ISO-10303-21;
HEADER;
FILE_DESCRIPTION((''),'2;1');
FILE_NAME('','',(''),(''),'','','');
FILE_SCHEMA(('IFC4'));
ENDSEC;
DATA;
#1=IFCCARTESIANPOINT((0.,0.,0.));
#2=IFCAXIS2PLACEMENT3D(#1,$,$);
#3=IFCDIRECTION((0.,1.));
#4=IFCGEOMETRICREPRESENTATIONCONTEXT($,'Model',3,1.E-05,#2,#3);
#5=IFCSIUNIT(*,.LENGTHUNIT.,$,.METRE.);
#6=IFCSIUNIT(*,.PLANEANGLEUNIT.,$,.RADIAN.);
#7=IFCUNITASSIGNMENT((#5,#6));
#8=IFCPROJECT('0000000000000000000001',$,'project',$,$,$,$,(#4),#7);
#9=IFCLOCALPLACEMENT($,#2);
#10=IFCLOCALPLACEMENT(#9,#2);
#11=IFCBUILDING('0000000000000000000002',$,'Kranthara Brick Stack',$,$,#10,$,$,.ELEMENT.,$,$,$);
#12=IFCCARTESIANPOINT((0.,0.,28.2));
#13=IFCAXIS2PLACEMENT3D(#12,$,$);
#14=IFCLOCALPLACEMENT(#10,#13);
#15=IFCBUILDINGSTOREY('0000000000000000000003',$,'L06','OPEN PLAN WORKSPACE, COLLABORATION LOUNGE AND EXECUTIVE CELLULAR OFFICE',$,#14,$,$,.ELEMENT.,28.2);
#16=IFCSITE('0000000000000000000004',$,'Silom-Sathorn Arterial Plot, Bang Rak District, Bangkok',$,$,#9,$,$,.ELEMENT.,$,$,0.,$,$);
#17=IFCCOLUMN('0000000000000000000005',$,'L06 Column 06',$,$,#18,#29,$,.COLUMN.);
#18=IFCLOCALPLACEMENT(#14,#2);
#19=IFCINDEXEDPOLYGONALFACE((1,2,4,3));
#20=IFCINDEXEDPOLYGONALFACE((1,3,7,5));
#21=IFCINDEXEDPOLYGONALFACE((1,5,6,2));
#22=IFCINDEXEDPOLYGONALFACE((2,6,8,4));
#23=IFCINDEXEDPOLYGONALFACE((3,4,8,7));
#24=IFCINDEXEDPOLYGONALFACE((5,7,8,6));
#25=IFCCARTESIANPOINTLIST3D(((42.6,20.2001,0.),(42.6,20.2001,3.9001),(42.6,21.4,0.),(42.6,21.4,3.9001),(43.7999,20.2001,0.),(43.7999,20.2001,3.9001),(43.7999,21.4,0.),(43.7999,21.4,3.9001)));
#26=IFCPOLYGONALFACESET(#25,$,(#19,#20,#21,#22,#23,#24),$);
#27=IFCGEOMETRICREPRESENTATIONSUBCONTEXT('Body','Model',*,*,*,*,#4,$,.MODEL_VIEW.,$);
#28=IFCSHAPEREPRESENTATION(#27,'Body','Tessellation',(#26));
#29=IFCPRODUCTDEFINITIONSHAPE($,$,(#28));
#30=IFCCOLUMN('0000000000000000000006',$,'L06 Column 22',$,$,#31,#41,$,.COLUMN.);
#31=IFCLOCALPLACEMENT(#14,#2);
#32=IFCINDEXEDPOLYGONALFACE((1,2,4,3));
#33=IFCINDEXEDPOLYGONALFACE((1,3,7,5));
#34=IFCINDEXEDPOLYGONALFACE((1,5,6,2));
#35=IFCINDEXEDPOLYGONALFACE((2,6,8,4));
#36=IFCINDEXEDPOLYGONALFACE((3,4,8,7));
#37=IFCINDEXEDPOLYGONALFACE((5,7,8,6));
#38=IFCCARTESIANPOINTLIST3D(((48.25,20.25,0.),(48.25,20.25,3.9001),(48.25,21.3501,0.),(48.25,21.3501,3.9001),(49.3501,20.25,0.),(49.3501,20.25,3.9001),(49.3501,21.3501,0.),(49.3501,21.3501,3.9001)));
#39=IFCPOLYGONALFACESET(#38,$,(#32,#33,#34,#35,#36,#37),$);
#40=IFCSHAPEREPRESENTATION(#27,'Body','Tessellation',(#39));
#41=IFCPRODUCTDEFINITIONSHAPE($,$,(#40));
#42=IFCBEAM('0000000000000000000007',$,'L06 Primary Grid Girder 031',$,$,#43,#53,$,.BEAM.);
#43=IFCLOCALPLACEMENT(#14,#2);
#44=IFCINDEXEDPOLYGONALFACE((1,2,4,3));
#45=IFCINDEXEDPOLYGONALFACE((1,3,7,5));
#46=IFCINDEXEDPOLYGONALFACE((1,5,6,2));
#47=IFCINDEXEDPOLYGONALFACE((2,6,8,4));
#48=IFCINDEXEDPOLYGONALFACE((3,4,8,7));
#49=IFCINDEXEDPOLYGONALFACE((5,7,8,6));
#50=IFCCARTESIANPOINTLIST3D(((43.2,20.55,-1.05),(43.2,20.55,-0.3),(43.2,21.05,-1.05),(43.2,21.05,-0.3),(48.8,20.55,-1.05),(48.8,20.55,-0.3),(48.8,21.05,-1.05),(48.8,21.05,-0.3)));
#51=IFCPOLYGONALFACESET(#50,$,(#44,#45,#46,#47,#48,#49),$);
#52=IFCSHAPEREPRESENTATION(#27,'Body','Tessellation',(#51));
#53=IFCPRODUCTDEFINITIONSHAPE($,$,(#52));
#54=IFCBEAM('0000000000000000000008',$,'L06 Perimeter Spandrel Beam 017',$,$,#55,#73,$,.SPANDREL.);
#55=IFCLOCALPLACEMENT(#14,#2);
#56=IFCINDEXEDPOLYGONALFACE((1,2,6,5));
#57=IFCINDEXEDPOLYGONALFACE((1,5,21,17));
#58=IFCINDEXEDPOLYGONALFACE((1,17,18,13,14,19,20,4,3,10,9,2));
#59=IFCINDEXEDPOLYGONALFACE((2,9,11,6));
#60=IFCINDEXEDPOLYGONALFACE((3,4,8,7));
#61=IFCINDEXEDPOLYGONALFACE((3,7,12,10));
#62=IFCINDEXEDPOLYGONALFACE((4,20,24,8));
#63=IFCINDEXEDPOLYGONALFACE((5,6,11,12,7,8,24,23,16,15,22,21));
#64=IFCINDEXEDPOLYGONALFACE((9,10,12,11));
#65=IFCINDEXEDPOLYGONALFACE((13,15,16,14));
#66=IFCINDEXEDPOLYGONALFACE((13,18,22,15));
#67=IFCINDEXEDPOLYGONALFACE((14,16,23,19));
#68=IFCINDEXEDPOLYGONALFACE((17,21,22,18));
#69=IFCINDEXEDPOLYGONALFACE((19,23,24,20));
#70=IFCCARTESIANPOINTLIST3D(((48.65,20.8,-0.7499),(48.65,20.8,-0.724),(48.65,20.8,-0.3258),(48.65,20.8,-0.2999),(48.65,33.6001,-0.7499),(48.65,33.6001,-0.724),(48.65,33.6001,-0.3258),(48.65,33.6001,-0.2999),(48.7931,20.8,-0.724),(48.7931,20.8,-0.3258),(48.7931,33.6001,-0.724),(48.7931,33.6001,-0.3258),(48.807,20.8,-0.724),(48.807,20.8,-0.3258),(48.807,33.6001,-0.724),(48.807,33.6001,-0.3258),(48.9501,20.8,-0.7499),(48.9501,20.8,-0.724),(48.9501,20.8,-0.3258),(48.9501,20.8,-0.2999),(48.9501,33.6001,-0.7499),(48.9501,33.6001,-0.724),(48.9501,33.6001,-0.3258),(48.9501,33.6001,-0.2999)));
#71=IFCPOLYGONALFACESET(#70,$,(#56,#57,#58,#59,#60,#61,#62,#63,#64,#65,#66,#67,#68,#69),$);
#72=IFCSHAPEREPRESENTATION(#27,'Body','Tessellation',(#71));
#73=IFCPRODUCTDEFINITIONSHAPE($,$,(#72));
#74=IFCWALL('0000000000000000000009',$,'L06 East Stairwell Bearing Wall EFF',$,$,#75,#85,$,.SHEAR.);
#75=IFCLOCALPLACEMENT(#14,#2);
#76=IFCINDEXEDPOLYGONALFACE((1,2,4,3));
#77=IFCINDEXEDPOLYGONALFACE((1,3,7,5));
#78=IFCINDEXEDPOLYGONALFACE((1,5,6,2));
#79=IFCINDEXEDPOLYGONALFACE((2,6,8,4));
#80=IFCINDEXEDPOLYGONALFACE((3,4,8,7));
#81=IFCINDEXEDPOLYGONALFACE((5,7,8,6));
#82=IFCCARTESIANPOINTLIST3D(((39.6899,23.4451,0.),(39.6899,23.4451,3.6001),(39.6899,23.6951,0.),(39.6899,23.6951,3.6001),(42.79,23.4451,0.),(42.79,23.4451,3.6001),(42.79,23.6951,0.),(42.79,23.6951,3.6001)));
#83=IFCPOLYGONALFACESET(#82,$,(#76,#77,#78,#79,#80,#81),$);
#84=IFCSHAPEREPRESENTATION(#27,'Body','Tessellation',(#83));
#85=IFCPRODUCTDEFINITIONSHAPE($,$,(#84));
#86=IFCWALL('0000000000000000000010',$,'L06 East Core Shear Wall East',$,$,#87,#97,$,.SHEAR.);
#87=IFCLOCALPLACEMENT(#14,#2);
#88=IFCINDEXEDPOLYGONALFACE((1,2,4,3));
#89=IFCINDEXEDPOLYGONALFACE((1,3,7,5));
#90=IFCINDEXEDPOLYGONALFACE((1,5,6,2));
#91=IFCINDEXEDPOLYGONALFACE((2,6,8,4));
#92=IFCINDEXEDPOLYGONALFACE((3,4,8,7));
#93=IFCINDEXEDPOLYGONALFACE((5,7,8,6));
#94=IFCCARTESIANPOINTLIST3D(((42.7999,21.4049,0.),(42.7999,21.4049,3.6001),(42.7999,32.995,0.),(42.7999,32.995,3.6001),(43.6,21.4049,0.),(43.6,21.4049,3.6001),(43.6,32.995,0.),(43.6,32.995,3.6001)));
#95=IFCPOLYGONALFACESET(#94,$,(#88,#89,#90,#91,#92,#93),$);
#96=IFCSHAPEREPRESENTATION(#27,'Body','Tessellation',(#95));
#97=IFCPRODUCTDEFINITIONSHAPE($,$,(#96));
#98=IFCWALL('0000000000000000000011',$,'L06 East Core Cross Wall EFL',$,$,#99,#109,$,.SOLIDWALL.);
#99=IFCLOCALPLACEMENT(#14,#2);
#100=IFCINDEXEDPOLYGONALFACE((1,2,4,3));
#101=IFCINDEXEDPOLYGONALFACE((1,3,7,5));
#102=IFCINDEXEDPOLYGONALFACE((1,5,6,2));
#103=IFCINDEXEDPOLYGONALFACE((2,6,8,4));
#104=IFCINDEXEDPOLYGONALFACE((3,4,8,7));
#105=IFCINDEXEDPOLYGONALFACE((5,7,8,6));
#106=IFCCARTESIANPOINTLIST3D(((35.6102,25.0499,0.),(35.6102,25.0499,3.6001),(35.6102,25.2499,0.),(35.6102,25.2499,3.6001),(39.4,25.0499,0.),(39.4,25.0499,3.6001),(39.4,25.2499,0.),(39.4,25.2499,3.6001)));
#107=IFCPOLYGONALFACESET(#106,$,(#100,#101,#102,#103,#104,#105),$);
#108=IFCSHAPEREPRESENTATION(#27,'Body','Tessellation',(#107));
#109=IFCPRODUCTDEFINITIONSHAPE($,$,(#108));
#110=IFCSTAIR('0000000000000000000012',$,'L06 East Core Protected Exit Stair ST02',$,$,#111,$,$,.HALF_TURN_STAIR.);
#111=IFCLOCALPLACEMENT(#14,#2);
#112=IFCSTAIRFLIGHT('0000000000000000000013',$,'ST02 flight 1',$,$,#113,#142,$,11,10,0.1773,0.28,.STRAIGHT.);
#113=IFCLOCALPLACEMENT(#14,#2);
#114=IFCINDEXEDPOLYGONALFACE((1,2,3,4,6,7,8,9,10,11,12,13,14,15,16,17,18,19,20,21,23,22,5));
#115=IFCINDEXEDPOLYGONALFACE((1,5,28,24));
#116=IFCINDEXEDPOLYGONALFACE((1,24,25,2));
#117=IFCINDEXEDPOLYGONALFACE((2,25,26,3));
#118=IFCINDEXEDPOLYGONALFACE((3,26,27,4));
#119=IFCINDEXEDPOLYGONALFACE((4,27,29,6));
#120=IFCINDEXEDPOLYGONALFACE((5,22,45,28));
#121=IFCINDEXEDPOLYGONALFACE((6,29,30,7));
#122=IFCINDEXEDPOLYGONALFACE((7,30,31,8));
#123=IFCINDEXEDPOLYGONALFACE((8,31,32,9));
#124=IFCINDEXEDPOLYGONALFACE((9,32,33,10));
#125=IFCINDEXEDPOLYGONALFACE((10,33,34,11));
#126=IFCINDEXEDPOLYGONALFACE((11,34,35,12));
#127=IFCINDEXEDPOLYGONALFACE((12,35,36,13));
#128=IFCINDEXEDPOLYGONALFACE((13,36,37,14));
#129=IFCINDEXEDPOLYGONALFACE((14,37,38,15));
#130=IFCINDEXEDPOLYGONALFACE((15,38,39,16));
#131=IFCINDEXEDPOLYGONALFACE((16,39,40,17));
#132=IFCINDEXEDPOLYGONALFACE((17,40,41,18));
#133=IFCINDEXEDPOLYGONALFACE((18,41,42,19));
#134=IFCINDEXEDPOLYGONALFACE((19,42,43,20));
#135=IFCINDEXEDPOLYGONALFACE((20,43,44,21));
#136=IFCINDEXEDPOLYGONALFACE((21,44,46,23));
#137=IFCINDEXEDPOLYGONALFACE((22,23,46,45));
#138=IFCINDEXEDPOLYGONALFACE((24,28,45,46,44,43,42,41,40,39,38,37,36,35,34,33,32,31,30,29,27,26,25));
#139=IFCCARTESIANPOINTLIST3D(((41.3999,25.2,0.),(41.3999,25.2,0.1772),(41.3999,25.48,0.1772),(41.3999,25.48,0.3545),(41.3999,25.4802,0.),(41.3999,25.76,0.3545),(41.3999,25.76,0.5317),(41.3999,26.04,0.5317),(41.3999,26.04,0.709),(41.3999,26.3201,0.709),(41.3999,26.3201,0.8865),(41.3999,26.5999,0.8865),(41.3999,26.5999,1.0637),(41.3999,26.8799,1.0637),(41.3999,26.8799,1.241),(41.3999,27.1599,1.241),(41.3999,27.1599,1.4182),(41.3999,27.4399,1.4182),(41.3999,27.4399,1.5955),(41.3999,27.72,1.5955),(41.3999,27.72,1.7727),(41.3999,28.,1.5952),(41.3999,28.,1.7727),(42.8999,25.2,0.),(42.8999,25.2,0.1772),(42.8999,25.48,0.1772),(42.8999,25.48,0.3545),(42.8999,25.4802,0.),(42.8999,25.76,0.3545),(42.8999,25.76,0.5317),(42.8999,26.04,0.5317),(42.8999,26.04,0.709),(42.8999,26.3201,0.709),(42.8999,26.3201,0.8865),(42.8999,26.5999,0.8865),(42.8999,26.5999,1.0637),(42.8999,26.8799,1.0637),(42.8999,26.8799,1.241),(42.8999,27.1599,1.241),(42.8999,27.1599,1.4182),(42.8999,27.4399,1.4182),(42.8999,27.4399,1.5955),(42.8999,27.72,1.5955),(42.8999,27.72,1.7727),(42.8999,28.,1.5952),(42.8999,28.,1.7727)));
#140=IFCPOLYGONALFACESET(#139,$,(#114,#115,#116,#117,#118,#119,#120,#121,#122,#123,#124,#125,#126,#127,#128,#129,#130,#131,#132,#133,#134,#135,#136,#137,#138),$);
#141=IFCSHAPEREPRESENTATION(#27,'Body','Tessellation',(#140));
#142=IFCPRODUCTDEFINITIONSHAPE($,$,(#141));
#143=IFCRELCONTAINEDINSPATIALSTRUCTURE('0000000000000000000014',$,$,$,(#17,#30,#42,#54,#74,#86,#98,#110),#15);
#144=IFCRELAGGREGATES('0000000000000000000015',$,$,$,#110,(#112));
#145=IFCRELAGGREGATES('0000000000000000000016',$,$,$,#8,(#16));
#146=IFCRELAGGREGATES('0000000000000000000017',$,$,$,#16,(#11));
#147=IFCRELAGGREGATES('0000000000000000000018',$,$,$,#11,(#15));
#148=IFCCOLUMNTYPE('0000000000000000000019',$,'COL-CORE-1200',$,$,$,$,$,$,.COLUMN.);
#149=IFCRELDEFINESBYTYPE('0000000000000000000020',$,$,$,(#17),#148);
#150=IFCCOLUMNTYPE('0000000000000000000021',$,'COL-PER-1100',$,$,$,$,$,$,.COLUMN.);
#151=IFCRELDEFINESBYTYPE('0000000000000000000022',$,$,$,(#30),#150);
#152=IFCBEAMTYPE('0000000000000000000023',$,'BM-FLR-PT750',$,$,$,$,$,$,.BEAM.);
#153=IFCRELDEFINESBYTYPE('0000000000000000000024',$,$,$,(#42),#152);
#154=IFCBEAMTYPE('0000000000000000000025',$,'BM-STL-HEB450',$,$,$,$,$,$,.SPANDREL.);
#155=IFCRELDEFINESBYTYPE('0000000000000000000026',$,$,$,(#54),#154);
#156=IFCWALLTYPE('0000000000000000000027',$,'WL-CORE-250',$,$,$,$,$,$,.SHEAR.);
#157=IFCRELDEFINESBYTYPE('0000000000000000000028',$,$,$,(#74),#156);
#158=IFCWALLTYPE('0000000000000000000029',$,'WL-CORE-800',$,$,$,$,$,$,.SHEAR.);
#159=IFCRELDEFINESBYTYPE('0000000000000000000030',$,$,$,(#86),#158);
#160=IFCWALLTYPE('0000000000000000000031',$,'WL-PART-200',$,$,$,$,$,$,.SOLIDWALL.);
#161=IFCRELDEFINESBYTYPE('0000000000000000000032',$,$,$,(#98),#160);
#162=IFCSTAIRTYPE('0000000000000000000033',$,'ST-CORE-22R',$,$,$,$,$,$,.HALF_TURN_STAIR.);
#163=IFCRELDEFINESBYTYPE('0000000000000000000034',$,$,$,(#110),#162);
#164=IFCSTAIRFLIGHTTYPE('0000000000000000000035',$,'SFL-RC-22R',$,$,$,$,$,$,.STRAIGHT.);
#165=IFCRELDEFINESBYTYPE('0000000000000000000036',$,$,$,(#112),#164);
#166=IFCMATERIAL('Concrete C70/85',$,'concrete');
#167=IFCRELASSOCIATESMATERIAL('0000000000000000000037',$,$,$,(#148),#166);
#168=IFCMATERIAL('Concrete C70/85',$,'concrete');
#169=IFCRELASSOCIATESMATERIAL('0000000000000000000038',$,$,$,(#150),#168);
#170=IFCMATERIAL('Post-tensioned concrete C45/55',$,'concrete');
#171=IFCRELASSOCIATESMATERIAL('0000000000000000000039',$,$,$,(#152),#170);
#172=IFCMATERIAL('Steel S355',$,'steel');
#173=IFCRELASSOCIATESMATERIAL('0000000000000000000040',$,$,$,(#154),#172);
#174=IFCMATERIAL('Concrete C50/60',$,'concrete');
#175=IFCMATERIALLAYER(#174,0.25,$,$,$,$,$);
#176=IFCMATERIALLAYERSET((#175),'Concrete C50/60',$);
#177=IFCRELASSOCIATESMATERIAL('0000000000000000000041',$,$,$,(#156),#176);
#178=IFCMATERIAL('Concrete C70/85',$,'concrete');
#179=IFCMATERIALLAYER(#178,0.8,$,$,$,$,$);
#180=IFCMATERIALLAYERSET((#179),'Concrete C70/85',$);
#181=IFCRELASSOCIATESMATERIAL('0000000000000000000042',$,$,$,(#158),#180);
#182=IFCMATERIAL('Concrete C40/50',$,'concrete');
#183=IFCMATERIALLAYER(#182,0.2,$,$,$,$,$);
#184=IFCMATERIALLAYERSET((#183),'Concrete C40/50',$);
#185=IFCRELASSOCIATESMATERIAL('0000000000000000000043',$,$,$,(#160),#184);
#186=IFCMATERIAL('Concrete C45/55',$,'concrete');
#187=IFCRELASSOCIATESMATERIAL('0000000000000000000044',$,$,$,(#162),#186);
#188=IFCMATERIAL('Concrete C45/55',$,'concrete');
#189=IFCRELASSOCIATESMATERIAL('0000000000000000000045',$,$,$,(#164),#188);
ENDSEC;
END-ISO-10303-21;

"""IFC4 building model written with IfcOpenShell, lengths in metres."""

from ifc_helpers import new_model, si_unit, direction, frame, frame_2d, origin, origin_2d, place, context, subcontext, project, spatial, polyline, rectangle, i_section, outline, extrude, material, layer, layer_set, material_profile, profile_set, type_object, element, aggregate, save


model = new_model("IFC4")

# Units and contexts
model_context = context("Model", 3, precision=1e-05, world=origin(), true_north=direction((0.0, 1.0)))
body_context = subcontext(model_context, "Body", "Model", "MODEL_VIEW")
ifc_project = project(units=[si_unit("LENGTHUNIT", "METRE"), si_unit("PLANEANGLEUNIT", "RADIAN")], contexts=[model_context])

# Site, building, storey
site_placement = place(None, origin())
site = spatial("IfcSite", under=ifc_project, at=site_placement, Name="Silom-Sathorn Arterial Plot, Bang Rak District, Bangkok", CompositionType="ELEMENT", RefElevation=0.0)
building_placement = place(site_placement, origin())
building = spatial("IfcBuilding", under=site, at=building_placement, Name="Kranthara Brick Stack", CompositionType="ELEMENT")
storey_placement = place(building_placement, frame((0.0, 0.0, 28.2)))
storey = spatial("IfcBuildingStorey", under=building, at=storey_placement, Name="L06", Description="OPEN PLAN WORKSPACE, COLLABORATION LOUNGE AND EXECUTIVE CELLULAR OFFICE", CompositionType="ELEMENT", Elevation=28.2)

# Columns
ifc_material_1 = material(Name="Concrete C70/85", Category="concrete")
ifc_material_profile_1 = material_profile(ifc_material_1, rectangle(XDim=1.2, YDim=1.2, at=origin_2d()), Name="RC 1200x1200")
ifc_profile_set_1 = profile_set([ifc_material_profile_1], Name="Concrete C70/85")
column_type_1 = type_object("IfcColumnType", Name="COL-CORE-1200", PredefinedType="COLUMN", material=ifc_profile_set_1)
column_1_placement = place(storey_placement, frame((43.2, 20.8, 0.0), z_axis=(0.0, 0.0, 1.0), x_axis=(1.0, 0.0, 0.0)))
element("IfcColumn", 1, at=column_1_placement, inside=storey, type_object=column_type_1, Name="L06 Column 06", PredefinedType="COLUMN", context=body_context, shape_type="SweptSolid", body=[
    extrude(rectangle(XDim=1.2, YDim=1.2, at=origin_2d()), origin(), (0.0, 0.0, 1.0), 3.9001),
])
ifc_material_2 = material(Name="Concrete C70/85", Category="concrete")
ifc_material_profile_2 = material_profile(ifc_material_2, rectangle(XDim=1.1001, YDim=1.1001, at=origin_2d()), Name="RC 1100x1100")
ifc_profile_set_2 = profile_set([ifc_material_profile_2], Name="Concrete C70/85")
column_type_2 = type_object("IfcColumnType", Name="COL-PER-1100", PredefinedType="COLUMN", material=ifc_profile_set_2)
column_2_placement = place(storey_placement, frame((48.8, 20.8, 0.0), z_axis=(0.0, 0.0, 1.0), x_axis=(1.0, 0.0, 0.0)))
element("IfcColumn", 2, at=column_2_placement, inside=storey, type_object=column_type_2, Name="L06 Column 22", PredefinedType="COLUMN", context=body_context, shape_type="SweptSolid", body=[
    extrude(rectangle(XDim=1.1001, YDim=1.1001, at=origin_2d()), origin(), (0.0, 0.0, 1.0), 3.9001),
])

# Beams
ifc_material_3 = material(Name="Post-tensioned concrete C45/55", Category="concrete")
ifc_material_profile_3 = material_profile(ifc_material_3, rectangle(XDim=0.5, YDim=0.75, at=origin_2d()), Name="PT 500x750")
ifc_profile_set_3 = profile_set([ifc_material_profile_3], Name="Post-tensioned concrete C45/55")
beam_type_1 = type_object("IfcBeamType", Name="BM-FLR-PT750", PredefinedType="BEAM", material=ifc_profile_set_3)
beam_1_placement = place(storey_placement, frame((43.2, 20.8, -0.675), z_axis=(1.0, 0.0, 0.0), x_axis=(0.0, 1.0, 0.0)))
element("IfcBeam", 3, at=beam_1_placement, inside=storey, type_object=beam_type_1, Name="L06 Primary Grid Girder 031", PredefinedType="BEAM", context=body_context, shape_type="SweptSolid", body=[
    extrude(rectangle(XDim=0.5, YDim=0.75, at=origin_2d()), origin(), (0.0, 0.0, 1.0), 5.6001),
])
ifc_material_4 = material(Name="Steel S355", Category="steel")
ifc_material_profile_4 = material_profile(ifc_material_4, i_section(OverallWidth=0.3, OverallDepth=0.45, WebThickness=0.0139, FlangeThickness=0.0259, at=origin_2d()), Name="HEB 450")
ifc_profile_set_4 = profile_set([ifc_material_profile_4], Name="Steel S355")
beam_type_2 = type_object("IfcBeamType", Name="BM-STL-HEB450", PredefinedType="SPANDREL", material=ifc_profile_set_4)
beam_2_placement = place(storey_placement, frame((48.8, 20.8, -0.5249), z_axis=(0.0, 1.0, 0.0), x_axis=(-1.0, 0.0, 0.0)))
element("IfcBeam", 4, at=beam_2_placement, inside=storey, type_object=beam_type_2, Name="L06 Perimeter Spandrel Beam 017", PredefinedType="SPANDREL", context=body_context, shape_type="SweptSolid", body=[
    extrude(i_section(OverallWidth=0.3, OverallDepth=0.45, WebThickness=0.0139, FlangeThickness=0.0259, at=origin_2d()), origin(), (0.0, 0.0, 1.0), 12.8),
])

# Shared definitions
ifc_material_5 = material(Name="Concrete C50/60", Category="concrete")
ifc_layer_1 = layer(ifc_material_5, 0.25)
ifc_layer_set_1 = layer_set([ifc_layer_1], Name="Concrete C50/60")
wall_type_1 = type_object("IfcWallType", Name="WL-CORE-250", PredefinedType="SHEAR", material=ifc_layer_set_1)

# Walls
wall_1_placement = place(storey_placement, frame((39.6899, 23.5701, 0.0), z_axis=(0.0, 0.0, 1.0), x_axis=(1.0, 0.0, 0.0)))
element("IfcWall", 5, at=wall_1_placement, inside=storey, type_object=wall_type_1, Name="L06 East Stairwell Bearing Wall EFF", PredefinedType="SHEAR", context=body_context, shape_type="SweptSolid", body=[
    extrude(rectangle(XDim=3.1001, YDim=0.25, at=frame_2d((1.55, 0.0))), origin(), (0.0, 0.0, 1.0), 3.6001),
])
ifc_material_6 = material(Name="Concrete C70/85", Category="concrete")
ifc_layer_2 = layer(ifc_material_6, 0.8)
ifc_layer_set_2 = layer_set([ifc_layer_2], Name="Concrete C70/85")
wall_type_2 = type_object("IfcWallType", Name="WL-CORE-800", PredefinedType="SHEAR", material=ifc_layer_set_2)
wall_2_placement = place(storey_placement, frame((43.2, 21.405, 0.0), z_axis=(0.0, 0.0, 1.0), x_axis=(0.0, 1.0, 0.0)))
element("IfcWall", 6, at=wall_2_placement, inside=storey, type_object=wall_type_2, Name="L06 East Core Shear Wall East", PredefinedType="SHEAR", context=body_context, shape_type="SweptSolid", body=[
    extrude(rectangle(XDim=11.5901, YDim=0.8, at=frame_2d((5.7949, 0.0))), origin(), (0.0, 0.0, 1.0), 3.6001),
])

# Wall
ifc_material_7 = material(Name="Concrete C40/50", Category="concrete")
ifc_layer_3 = layer(ifc_material_7, 0.2)
ifc_layer_set_3 = layer_set([ifc_layer_3], Name="Concrete C40/50")
wall_type_3 = type_object("IfcWallType", Name="WL-PART-200", PredefinedType="SOLIDWALL", material=ifc_layer_set_3)
wall_3_placement = place(storey_placement, frame((35.6101, 25.1499, 0.0), z_axis=(0.0, 0.0, 1.0), x_axis=(1.0, 0.0, 0.0)))
element("IfcWall", 7, at=wall_3_placement, inside=storey, type_object=wall_type_3, Name="L06 East Core Cross Wall EFL", PredefinedType="SOLIDWALL", context=body_context, shape_type="SweptSolid", body=[
    extrude(rectangle(XDim=3.7898, YDim=0.2, at=frame_2d((1.895, 0.0))), origin(), (0.0, 0.0, 1.0), 3.6001),
])

# Stair, stair flight
ifc_material_8 = material(Name="Concrete C45/55", Category="concrete")
stair_type = type_object("IfcStairType", Name="ST-CORE-22R", PredefinedType="HALF_TURN_STAIR", material=ifc_material_8)
stair_placement = place(storey_placement, origin())
stair = element("IfcStair", 8, at=stair_placement, inside=storey, type_object=stair_type, Name="L06 East Core Protected Exit Stair ST02", PredefinedType="HALF_TURN_STAIR")
ifc_material_9 = material(Name="Concrete C45/55", Category="concrete")
stair_flight_type = type_object("IfcStairFlightType", Name="SFL-RC-22R", PredefinedType="STRAIGHT", material=ifc_material_9)
stair_flight_placement = place(storey_placement, frame((42.1499, 25.2, 0.0), z_axis=(0.0, 0.0, 1.0), x_axis=(0.0, 1.0, 0.0)))
stair_flight = element("IfcStairFlight", 9, at=stair_flight_placement, type_object=stair_flight_type, Name="ST02 flight 1", NumberOfRisers=11, NumberOfTreads=10, PredefinedType="STRAIGHT", RiserHeight=0.1773, TreadLength=0.28, context=body_context, shape_type="SweptSolid", body=[
    extrude(outline(polyline([(0.0, 0.0), (0.0, 0.1772), (0.28, 0.1772), (0.28, 0.3545), (0.5601, 0.3545), (0.5601, 0.5317), (0.8401, 0.5317), (0.8401, 0.709), (1.1201, 0.709), (1.1201, 0.8865), (1.3999, 0.8865), (1.3999, 1.0637), (1.6799, 1.0637), (1.6799, 1.241), (1.96, 1.241), (1.96, 1.4182), (2.24, 1.4182), (2.24, 1.5955), (2.52, 1.5955), (2.52, 1.7727), (2.8, 1.7727), (2.8, 1.95), (2.8, 1.5952), (0.2803, 0.0), (0.0, 0.0)])), frame((0.0, 0.75, 0.0), z_axis=(0.0, -1.0, 0.0), x_axis=(1.0, 0.0, 0.0)), (0.0, 0.0, 1.0), 1.5),
])
aggregate(stair, [stair_flight])

save(model, "model.ifc")
